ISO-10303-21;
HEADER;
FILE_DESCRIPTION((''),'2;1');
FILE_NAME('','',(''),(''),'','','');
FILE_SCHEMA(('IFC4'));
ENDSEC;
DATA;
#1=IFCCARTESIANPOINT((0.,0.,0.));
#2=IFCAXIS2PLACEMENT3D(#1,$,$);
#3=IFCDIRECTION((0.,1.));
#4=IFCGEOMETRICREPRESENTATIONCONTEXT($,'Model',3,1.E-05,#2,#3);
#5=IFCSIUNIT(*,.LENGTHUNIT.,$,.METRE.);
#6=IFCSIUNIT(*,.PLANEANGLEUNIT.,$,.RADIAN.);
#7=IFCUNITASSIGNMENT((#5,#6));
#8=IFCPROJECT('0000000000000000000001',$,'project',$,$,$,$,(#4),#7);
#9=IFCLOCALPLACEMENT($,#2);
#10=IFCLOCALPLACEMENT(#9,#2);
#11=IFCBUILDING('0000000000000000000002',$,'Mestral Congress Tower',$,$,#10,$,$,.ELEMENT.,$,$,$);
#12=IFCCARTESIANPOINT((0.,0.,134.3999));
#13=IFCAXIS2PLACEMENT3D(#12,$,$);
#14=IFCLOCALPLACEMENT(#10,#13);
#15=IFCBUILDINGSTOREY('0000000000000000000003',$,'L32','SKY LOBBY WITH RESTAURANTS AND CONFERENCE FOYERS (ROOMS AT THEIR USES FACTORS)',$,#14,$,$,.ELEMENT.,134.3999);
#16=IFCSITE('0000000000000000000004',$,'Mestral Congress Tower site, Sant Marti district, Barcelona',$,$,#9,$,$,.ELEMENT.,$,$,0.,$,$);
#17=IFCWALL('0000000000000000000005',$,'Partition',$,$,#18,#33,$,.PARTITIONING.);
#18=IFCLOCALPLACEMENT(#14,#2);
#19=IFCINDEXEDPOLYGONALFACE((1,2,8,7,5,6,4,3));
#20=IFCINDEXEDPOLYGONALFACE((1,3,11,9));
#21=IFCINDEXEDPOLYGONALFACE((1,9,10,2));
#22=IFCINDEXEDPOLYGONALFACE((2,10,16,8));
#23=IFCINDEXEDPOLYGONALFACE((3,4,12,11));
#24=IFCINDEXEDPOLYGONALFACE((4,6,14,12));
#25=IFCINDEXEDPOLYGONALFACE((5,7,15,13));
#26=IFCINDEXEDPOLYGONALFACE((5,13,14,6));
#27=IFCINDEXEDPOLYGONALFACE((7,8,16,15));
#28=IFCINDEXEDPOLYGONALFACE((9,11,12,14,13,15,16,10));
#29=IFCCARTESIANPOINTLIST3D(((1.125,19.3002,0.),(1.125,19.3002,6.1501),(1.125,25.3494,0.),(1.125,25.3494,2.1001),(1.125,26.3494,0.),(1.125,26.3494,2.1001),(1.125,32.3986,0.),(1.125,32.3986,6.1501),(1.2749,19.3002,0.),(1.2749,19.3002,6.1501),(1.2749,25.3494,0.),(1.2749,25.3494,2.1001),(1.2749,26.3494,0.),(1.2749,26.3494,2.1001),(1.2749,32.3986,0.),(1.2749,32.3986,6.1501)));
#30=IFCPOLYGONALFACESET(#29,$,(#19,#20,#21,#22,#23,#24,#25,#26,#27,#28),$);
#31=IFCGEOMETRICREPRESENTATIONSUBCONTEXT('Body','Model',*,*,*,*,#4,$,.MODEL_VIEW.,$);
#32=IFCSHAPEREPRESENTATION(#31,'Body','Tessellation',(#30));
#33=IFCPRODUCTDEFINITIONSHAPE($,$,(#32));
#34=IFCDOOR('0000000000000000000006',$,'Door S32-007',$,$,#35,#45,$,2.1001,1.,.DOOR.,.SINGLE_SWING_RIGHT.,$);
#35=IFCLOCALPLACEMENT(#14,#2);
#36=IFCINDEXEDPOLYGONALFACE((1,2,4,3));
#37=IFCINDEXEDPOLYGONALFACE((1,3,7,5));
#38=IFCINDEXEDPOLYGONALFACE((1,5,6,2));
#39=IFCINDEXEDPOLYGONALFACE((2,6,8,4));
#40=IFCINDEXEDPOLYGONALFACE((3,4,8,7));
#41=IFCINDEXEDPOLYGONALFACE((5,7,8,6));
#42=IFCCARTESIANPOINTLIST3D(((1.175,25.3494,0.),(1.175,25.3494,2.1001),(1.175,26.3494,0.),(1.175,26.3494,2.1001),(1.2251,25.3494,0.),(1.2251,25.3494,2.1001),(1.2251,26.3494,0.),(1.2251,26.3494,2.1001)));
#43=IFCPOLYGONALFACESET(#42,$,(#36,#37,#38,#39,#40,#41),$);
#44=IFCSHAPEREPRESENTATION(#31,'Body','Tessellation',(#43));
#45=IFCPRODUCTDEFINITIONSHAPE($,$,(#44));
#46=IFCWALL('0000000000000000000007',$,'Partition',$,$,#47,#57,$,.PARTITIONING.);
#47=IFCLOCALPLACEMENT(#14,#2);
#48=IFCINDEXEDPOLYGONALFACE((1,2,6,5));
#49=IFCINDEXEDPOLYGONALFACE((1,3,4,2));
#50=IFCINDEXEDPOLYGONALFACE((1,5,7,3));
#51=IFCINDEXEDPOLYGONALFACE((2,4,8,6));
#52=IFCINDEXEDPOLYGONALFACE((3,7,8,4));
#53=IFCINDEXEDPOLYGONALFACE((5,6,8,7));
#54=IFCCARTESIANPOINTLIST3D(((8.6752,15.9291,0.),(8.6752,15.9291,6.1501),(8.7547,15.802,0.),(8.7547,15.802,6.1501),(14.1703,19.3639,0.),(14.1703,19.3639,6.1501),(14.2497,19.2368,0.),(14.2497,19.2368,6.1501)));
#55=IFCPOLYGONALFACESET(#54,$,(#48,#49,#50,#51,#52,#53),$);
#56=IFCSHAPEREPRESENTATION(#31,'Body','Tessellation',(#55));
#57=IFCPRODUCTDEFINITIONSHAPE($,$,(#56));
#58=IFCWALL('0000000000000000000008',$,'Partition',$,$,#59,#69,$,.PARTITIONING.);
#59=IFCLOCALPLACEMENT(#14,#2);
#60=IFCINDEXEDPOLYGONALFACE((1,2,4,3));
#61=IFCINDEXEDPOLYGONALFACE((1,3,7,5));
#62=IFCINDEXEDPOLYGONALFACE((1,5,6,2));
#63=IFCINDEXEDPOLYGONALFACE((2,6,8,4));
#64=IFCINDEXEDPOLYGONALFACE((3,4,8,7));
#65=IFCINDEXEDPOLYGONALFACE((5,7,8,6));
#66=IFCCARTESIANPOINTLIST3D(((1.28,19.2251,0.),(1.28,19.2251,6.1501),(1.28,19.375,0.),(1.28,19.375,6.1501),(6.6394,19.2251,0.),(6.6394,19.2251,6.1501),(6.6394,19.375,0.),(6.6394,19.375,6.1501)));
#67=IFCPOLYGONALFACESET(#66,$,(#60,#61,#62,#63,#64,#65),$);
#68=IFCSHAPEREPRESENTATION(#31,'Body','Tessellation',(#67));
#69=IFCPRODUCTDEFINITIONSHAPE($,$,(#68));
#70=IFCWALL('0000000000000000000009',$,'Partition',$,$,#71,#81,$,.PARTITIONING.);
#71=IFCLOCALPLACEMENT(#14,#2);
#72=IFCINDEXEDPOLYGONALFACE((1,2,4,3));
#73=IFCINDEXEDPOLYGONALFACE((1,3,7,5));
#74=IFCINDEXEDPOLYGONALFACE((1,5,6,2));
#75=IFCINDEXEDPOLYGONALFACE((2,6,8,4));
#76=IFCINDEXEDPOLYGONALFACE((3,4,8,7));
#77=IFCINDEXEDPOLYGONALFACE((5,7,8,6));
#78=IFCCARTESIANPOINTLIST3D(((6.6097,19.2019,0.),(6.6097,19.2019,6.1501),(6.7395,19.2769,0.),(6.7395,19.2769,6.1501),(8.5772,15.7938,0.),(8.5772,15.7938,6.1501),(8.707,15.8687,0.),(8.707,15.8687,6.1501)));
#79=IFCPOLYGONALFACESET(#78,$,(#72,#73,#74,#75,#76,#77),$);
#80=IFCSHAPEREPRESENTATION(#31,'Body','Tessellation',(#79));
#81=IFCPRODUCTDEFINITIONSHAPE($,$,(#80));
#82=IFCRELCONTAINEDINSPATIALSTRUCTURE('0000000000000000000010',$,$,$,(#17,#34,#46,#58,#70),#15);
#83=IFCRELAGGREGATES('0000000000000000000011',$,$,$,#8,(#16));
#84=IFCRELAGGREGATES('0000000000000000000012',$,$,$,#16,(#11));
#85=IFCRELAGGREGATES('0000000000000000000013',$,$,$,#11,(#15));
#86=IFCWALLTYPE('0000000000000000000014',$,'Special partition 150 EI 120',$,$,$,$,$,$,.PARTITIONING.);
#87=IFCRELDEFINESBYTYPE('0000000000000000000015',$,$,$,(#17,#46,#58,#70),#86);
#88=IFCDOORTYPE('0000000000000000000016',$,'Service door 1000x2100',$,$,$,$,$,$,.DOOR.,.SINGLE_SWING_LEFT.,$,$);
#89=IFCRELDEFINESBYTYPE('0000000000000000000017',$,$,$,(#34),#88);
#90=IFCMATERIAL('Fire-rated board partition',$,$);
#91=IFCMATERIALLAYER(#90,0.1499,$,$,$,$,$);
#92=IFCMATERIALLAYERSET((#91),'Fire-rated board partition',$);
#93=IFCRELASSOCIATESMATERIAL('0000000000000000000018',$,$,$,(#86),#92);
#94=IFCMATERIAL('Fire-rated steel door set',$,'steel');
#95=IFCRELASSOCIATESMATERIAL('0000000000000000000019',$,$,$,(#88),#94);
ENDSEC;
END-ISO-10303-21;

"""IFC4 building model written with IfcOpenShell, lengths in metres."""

from ifc_helpers import new_model, si_unit, direction, frame, frame_2d, origin, place, context, subcontext, project, spatial, rectangle, extrude, material, layer, layer_set, type_object, element, fill, save


model = new_model("IFC4")

# Units and contexts
model_context = context("Model", 3, precision=1e-05, world=origin(), true_north=direction((0.0, 1.0)))
body_context = subcontext(model_context, "Body", "Model", "MODEL_VIEW")
ifc_project = project(units=[si_unit("LENGTHUNIT", "METRE"), si_unit("PLANEANGLEUNIT", "RADIAN")], contexts=[model_context])

# Site, building, storey
site_placement = place(None, origin())
site = spatial("IfcSite", under=ifc_project, at=site_placement, Name="Mestral Congress Tower site, Sant Marti district, Barcelona", CompositionType="ELEMENT", RefElevation=0.0)
building_placement = place(site_placement, origin())
building = spatial("IfcBuilding", under=site, at=building_placement, Name="Mestral Congress Tower", CompositionType="ELEMENT")
storey_placement = place(building_placement, frame((0.0, 0.0, 134.3999)))
storey = spatial("IfcBuildingStorey", under=building, at=storey_placement, Name="L32", Description="SKY LOBBY WITH RESTAURANTS AND CONFERENCE FOYERS (ROOMS AT THEIR USES FACTORS)", CompositionType="ELEMENT", Elevation=134.3999)

# Shared definitions
ifc_material_1 = material(Name="Fire-rated board partition")

# Wall, opening, door
ifc_material_2 = material(Name="Fire-rated steel door set", Category="steel")
ifc_layer_1 = layer(ifc_material_1, 0.1499)
ifc_layer_set_1 = layer_set([ifc_layer_1], Name="Fire-rated board partition")
wall_type_1 = type_object("IfcWallType", Name="Special partition 150 EI 120", PredefinedType="PARTITIONING", material=ifc_layer_set_1)
wall_1_placement = place(storey_placement, frame((1.2, 19.3, 0.0), z_axis=(0.0, 0.0, 1.0), x_axis=(0.0, 1.0, 0.0)))
wall_1 = element("IfcWall", 1, at=wall_1_placement, inside=storey, type_object=wall_type_1, Name="Partition", PredefinedType="PARTITIONING", context=body_context, shape_type="SweptSolid", body=[
    extrude(rectangle(XDim=13.0984, YDim=0.1499, at=frame_2d((6.5493, 0.0))), origin(), (0.0, 0.0, 1.0), 6.1501),
])
opening_1_placement = place(wall_1_placement, frame((6.0493, 0.0, 0.0)))
opening_1 = element("IfcOpeningElement", 2, at=opening_1_placement, cuts=wall_1, PredefinedType="OPENING", context=body_context, shape_type="SweptSolid", body=[
    extrude(rectangle(XDim=1.0, YDim=2.1001, at=frame_2d((0.5, 1.05))), frame((0.0, 0.085, 0.0), z_axis=(0.0, -1.0, 0.0), x_axis=(1.0, 0.0, 0.0)), (0.0, 0.0, 1.0), 0.1699),
])
door_type_1 = type_object("IfcDoorType", Name="Service door 1000x2100", OperationType="SINGLE_SWING_LEFT", PredefinedType="DOOR", material=ifc_material_2)
door_1_placement = place(opening_1_placement, origin())
door_1 = element("IfcDoor", 3, at=door_1_placement, inside=storey, type_object=door_type_1, Name="Door S32-007", OperationType="SINGLE_SWING_RIGHT", OverallHeight=2.1001, OverallWidth=1.0, PredefinedType="DOOR", context=body_context, shape_type="SweptSolid", body=[
    extrude(rectangle(XDim=1.0, YDim=2.1001, at=frame_2d((0.5, 1.05))), frame((0.0, 0.0249, 0.0), z_axis=(0.0, -1.0, 0.0), x_axis=(1.0, 0.0, 0.0)), (0.0, 0.0, 1.0), 0.05),
])
fill(opening_1, door_1)

# Walls
wall_2_placement = place(storey_placement, frame((8.7148, 15.8655, 0.0), z_axis=(0.0, 0.0, 1.0), x_axis=(0.847973, 0.53004, 0.0)))
element("IfcWall", 4, at=wall_2_placement, inside=storey, type_object=wall_type_1, Name="Partition", PredefinedType="PARTITIONING", context=body_context, shape_type="SweptSolid", body=[
    extrude(rectangle(XDim=6.4802, YDim=0.1499, at=frame_2d((3.2402, 0.0))), origin(), (0.0, 0.0, 1.0), 6.1501),
])
wall_3_placement = place(storey_placement, frame((1.28, 19.3, 0.0), z_axis=(0.0, 0.0, 1.0), x_axis=(1.0, 0.0, 0.0)))
element("IfcWall", 5, at=wall_3_placement, inside=storey, type_object=wall_type_1, Name="Partition", PredefinedType="PARTITIONING", context=body_context, shape_type="SweptSolid", body=[
    extrude(rectangle(XDim=5.3594, YDim=0.1499, at=frame_2d((2.6797, 0.0))), origin(), (0.0, 0.0, 1.0), 6.1501),
])
wall_4_placement = place(storey_placement, frame((6.6746, 19.2395, 0.0), z_axis=(0.0, 0.0, 1.0), x_axis=(0.499962, -0.866047, 0.0)))
element("IfcWall", 6, at=wall_4_placement, inside=storey, type_object=wall_type_1, Name="Partition", PredefinedType="PARTITIONING", context=body_context, shape_type="SweptSolid", body=[
    extrude(rectangle(XDim=3.9353, YDim=0.1499, at=frame_2d((1.9678, 0.0))), origin(), (0.0, 0.0, 1.0), 6.1501),
])

save(model, "model.ifc")
